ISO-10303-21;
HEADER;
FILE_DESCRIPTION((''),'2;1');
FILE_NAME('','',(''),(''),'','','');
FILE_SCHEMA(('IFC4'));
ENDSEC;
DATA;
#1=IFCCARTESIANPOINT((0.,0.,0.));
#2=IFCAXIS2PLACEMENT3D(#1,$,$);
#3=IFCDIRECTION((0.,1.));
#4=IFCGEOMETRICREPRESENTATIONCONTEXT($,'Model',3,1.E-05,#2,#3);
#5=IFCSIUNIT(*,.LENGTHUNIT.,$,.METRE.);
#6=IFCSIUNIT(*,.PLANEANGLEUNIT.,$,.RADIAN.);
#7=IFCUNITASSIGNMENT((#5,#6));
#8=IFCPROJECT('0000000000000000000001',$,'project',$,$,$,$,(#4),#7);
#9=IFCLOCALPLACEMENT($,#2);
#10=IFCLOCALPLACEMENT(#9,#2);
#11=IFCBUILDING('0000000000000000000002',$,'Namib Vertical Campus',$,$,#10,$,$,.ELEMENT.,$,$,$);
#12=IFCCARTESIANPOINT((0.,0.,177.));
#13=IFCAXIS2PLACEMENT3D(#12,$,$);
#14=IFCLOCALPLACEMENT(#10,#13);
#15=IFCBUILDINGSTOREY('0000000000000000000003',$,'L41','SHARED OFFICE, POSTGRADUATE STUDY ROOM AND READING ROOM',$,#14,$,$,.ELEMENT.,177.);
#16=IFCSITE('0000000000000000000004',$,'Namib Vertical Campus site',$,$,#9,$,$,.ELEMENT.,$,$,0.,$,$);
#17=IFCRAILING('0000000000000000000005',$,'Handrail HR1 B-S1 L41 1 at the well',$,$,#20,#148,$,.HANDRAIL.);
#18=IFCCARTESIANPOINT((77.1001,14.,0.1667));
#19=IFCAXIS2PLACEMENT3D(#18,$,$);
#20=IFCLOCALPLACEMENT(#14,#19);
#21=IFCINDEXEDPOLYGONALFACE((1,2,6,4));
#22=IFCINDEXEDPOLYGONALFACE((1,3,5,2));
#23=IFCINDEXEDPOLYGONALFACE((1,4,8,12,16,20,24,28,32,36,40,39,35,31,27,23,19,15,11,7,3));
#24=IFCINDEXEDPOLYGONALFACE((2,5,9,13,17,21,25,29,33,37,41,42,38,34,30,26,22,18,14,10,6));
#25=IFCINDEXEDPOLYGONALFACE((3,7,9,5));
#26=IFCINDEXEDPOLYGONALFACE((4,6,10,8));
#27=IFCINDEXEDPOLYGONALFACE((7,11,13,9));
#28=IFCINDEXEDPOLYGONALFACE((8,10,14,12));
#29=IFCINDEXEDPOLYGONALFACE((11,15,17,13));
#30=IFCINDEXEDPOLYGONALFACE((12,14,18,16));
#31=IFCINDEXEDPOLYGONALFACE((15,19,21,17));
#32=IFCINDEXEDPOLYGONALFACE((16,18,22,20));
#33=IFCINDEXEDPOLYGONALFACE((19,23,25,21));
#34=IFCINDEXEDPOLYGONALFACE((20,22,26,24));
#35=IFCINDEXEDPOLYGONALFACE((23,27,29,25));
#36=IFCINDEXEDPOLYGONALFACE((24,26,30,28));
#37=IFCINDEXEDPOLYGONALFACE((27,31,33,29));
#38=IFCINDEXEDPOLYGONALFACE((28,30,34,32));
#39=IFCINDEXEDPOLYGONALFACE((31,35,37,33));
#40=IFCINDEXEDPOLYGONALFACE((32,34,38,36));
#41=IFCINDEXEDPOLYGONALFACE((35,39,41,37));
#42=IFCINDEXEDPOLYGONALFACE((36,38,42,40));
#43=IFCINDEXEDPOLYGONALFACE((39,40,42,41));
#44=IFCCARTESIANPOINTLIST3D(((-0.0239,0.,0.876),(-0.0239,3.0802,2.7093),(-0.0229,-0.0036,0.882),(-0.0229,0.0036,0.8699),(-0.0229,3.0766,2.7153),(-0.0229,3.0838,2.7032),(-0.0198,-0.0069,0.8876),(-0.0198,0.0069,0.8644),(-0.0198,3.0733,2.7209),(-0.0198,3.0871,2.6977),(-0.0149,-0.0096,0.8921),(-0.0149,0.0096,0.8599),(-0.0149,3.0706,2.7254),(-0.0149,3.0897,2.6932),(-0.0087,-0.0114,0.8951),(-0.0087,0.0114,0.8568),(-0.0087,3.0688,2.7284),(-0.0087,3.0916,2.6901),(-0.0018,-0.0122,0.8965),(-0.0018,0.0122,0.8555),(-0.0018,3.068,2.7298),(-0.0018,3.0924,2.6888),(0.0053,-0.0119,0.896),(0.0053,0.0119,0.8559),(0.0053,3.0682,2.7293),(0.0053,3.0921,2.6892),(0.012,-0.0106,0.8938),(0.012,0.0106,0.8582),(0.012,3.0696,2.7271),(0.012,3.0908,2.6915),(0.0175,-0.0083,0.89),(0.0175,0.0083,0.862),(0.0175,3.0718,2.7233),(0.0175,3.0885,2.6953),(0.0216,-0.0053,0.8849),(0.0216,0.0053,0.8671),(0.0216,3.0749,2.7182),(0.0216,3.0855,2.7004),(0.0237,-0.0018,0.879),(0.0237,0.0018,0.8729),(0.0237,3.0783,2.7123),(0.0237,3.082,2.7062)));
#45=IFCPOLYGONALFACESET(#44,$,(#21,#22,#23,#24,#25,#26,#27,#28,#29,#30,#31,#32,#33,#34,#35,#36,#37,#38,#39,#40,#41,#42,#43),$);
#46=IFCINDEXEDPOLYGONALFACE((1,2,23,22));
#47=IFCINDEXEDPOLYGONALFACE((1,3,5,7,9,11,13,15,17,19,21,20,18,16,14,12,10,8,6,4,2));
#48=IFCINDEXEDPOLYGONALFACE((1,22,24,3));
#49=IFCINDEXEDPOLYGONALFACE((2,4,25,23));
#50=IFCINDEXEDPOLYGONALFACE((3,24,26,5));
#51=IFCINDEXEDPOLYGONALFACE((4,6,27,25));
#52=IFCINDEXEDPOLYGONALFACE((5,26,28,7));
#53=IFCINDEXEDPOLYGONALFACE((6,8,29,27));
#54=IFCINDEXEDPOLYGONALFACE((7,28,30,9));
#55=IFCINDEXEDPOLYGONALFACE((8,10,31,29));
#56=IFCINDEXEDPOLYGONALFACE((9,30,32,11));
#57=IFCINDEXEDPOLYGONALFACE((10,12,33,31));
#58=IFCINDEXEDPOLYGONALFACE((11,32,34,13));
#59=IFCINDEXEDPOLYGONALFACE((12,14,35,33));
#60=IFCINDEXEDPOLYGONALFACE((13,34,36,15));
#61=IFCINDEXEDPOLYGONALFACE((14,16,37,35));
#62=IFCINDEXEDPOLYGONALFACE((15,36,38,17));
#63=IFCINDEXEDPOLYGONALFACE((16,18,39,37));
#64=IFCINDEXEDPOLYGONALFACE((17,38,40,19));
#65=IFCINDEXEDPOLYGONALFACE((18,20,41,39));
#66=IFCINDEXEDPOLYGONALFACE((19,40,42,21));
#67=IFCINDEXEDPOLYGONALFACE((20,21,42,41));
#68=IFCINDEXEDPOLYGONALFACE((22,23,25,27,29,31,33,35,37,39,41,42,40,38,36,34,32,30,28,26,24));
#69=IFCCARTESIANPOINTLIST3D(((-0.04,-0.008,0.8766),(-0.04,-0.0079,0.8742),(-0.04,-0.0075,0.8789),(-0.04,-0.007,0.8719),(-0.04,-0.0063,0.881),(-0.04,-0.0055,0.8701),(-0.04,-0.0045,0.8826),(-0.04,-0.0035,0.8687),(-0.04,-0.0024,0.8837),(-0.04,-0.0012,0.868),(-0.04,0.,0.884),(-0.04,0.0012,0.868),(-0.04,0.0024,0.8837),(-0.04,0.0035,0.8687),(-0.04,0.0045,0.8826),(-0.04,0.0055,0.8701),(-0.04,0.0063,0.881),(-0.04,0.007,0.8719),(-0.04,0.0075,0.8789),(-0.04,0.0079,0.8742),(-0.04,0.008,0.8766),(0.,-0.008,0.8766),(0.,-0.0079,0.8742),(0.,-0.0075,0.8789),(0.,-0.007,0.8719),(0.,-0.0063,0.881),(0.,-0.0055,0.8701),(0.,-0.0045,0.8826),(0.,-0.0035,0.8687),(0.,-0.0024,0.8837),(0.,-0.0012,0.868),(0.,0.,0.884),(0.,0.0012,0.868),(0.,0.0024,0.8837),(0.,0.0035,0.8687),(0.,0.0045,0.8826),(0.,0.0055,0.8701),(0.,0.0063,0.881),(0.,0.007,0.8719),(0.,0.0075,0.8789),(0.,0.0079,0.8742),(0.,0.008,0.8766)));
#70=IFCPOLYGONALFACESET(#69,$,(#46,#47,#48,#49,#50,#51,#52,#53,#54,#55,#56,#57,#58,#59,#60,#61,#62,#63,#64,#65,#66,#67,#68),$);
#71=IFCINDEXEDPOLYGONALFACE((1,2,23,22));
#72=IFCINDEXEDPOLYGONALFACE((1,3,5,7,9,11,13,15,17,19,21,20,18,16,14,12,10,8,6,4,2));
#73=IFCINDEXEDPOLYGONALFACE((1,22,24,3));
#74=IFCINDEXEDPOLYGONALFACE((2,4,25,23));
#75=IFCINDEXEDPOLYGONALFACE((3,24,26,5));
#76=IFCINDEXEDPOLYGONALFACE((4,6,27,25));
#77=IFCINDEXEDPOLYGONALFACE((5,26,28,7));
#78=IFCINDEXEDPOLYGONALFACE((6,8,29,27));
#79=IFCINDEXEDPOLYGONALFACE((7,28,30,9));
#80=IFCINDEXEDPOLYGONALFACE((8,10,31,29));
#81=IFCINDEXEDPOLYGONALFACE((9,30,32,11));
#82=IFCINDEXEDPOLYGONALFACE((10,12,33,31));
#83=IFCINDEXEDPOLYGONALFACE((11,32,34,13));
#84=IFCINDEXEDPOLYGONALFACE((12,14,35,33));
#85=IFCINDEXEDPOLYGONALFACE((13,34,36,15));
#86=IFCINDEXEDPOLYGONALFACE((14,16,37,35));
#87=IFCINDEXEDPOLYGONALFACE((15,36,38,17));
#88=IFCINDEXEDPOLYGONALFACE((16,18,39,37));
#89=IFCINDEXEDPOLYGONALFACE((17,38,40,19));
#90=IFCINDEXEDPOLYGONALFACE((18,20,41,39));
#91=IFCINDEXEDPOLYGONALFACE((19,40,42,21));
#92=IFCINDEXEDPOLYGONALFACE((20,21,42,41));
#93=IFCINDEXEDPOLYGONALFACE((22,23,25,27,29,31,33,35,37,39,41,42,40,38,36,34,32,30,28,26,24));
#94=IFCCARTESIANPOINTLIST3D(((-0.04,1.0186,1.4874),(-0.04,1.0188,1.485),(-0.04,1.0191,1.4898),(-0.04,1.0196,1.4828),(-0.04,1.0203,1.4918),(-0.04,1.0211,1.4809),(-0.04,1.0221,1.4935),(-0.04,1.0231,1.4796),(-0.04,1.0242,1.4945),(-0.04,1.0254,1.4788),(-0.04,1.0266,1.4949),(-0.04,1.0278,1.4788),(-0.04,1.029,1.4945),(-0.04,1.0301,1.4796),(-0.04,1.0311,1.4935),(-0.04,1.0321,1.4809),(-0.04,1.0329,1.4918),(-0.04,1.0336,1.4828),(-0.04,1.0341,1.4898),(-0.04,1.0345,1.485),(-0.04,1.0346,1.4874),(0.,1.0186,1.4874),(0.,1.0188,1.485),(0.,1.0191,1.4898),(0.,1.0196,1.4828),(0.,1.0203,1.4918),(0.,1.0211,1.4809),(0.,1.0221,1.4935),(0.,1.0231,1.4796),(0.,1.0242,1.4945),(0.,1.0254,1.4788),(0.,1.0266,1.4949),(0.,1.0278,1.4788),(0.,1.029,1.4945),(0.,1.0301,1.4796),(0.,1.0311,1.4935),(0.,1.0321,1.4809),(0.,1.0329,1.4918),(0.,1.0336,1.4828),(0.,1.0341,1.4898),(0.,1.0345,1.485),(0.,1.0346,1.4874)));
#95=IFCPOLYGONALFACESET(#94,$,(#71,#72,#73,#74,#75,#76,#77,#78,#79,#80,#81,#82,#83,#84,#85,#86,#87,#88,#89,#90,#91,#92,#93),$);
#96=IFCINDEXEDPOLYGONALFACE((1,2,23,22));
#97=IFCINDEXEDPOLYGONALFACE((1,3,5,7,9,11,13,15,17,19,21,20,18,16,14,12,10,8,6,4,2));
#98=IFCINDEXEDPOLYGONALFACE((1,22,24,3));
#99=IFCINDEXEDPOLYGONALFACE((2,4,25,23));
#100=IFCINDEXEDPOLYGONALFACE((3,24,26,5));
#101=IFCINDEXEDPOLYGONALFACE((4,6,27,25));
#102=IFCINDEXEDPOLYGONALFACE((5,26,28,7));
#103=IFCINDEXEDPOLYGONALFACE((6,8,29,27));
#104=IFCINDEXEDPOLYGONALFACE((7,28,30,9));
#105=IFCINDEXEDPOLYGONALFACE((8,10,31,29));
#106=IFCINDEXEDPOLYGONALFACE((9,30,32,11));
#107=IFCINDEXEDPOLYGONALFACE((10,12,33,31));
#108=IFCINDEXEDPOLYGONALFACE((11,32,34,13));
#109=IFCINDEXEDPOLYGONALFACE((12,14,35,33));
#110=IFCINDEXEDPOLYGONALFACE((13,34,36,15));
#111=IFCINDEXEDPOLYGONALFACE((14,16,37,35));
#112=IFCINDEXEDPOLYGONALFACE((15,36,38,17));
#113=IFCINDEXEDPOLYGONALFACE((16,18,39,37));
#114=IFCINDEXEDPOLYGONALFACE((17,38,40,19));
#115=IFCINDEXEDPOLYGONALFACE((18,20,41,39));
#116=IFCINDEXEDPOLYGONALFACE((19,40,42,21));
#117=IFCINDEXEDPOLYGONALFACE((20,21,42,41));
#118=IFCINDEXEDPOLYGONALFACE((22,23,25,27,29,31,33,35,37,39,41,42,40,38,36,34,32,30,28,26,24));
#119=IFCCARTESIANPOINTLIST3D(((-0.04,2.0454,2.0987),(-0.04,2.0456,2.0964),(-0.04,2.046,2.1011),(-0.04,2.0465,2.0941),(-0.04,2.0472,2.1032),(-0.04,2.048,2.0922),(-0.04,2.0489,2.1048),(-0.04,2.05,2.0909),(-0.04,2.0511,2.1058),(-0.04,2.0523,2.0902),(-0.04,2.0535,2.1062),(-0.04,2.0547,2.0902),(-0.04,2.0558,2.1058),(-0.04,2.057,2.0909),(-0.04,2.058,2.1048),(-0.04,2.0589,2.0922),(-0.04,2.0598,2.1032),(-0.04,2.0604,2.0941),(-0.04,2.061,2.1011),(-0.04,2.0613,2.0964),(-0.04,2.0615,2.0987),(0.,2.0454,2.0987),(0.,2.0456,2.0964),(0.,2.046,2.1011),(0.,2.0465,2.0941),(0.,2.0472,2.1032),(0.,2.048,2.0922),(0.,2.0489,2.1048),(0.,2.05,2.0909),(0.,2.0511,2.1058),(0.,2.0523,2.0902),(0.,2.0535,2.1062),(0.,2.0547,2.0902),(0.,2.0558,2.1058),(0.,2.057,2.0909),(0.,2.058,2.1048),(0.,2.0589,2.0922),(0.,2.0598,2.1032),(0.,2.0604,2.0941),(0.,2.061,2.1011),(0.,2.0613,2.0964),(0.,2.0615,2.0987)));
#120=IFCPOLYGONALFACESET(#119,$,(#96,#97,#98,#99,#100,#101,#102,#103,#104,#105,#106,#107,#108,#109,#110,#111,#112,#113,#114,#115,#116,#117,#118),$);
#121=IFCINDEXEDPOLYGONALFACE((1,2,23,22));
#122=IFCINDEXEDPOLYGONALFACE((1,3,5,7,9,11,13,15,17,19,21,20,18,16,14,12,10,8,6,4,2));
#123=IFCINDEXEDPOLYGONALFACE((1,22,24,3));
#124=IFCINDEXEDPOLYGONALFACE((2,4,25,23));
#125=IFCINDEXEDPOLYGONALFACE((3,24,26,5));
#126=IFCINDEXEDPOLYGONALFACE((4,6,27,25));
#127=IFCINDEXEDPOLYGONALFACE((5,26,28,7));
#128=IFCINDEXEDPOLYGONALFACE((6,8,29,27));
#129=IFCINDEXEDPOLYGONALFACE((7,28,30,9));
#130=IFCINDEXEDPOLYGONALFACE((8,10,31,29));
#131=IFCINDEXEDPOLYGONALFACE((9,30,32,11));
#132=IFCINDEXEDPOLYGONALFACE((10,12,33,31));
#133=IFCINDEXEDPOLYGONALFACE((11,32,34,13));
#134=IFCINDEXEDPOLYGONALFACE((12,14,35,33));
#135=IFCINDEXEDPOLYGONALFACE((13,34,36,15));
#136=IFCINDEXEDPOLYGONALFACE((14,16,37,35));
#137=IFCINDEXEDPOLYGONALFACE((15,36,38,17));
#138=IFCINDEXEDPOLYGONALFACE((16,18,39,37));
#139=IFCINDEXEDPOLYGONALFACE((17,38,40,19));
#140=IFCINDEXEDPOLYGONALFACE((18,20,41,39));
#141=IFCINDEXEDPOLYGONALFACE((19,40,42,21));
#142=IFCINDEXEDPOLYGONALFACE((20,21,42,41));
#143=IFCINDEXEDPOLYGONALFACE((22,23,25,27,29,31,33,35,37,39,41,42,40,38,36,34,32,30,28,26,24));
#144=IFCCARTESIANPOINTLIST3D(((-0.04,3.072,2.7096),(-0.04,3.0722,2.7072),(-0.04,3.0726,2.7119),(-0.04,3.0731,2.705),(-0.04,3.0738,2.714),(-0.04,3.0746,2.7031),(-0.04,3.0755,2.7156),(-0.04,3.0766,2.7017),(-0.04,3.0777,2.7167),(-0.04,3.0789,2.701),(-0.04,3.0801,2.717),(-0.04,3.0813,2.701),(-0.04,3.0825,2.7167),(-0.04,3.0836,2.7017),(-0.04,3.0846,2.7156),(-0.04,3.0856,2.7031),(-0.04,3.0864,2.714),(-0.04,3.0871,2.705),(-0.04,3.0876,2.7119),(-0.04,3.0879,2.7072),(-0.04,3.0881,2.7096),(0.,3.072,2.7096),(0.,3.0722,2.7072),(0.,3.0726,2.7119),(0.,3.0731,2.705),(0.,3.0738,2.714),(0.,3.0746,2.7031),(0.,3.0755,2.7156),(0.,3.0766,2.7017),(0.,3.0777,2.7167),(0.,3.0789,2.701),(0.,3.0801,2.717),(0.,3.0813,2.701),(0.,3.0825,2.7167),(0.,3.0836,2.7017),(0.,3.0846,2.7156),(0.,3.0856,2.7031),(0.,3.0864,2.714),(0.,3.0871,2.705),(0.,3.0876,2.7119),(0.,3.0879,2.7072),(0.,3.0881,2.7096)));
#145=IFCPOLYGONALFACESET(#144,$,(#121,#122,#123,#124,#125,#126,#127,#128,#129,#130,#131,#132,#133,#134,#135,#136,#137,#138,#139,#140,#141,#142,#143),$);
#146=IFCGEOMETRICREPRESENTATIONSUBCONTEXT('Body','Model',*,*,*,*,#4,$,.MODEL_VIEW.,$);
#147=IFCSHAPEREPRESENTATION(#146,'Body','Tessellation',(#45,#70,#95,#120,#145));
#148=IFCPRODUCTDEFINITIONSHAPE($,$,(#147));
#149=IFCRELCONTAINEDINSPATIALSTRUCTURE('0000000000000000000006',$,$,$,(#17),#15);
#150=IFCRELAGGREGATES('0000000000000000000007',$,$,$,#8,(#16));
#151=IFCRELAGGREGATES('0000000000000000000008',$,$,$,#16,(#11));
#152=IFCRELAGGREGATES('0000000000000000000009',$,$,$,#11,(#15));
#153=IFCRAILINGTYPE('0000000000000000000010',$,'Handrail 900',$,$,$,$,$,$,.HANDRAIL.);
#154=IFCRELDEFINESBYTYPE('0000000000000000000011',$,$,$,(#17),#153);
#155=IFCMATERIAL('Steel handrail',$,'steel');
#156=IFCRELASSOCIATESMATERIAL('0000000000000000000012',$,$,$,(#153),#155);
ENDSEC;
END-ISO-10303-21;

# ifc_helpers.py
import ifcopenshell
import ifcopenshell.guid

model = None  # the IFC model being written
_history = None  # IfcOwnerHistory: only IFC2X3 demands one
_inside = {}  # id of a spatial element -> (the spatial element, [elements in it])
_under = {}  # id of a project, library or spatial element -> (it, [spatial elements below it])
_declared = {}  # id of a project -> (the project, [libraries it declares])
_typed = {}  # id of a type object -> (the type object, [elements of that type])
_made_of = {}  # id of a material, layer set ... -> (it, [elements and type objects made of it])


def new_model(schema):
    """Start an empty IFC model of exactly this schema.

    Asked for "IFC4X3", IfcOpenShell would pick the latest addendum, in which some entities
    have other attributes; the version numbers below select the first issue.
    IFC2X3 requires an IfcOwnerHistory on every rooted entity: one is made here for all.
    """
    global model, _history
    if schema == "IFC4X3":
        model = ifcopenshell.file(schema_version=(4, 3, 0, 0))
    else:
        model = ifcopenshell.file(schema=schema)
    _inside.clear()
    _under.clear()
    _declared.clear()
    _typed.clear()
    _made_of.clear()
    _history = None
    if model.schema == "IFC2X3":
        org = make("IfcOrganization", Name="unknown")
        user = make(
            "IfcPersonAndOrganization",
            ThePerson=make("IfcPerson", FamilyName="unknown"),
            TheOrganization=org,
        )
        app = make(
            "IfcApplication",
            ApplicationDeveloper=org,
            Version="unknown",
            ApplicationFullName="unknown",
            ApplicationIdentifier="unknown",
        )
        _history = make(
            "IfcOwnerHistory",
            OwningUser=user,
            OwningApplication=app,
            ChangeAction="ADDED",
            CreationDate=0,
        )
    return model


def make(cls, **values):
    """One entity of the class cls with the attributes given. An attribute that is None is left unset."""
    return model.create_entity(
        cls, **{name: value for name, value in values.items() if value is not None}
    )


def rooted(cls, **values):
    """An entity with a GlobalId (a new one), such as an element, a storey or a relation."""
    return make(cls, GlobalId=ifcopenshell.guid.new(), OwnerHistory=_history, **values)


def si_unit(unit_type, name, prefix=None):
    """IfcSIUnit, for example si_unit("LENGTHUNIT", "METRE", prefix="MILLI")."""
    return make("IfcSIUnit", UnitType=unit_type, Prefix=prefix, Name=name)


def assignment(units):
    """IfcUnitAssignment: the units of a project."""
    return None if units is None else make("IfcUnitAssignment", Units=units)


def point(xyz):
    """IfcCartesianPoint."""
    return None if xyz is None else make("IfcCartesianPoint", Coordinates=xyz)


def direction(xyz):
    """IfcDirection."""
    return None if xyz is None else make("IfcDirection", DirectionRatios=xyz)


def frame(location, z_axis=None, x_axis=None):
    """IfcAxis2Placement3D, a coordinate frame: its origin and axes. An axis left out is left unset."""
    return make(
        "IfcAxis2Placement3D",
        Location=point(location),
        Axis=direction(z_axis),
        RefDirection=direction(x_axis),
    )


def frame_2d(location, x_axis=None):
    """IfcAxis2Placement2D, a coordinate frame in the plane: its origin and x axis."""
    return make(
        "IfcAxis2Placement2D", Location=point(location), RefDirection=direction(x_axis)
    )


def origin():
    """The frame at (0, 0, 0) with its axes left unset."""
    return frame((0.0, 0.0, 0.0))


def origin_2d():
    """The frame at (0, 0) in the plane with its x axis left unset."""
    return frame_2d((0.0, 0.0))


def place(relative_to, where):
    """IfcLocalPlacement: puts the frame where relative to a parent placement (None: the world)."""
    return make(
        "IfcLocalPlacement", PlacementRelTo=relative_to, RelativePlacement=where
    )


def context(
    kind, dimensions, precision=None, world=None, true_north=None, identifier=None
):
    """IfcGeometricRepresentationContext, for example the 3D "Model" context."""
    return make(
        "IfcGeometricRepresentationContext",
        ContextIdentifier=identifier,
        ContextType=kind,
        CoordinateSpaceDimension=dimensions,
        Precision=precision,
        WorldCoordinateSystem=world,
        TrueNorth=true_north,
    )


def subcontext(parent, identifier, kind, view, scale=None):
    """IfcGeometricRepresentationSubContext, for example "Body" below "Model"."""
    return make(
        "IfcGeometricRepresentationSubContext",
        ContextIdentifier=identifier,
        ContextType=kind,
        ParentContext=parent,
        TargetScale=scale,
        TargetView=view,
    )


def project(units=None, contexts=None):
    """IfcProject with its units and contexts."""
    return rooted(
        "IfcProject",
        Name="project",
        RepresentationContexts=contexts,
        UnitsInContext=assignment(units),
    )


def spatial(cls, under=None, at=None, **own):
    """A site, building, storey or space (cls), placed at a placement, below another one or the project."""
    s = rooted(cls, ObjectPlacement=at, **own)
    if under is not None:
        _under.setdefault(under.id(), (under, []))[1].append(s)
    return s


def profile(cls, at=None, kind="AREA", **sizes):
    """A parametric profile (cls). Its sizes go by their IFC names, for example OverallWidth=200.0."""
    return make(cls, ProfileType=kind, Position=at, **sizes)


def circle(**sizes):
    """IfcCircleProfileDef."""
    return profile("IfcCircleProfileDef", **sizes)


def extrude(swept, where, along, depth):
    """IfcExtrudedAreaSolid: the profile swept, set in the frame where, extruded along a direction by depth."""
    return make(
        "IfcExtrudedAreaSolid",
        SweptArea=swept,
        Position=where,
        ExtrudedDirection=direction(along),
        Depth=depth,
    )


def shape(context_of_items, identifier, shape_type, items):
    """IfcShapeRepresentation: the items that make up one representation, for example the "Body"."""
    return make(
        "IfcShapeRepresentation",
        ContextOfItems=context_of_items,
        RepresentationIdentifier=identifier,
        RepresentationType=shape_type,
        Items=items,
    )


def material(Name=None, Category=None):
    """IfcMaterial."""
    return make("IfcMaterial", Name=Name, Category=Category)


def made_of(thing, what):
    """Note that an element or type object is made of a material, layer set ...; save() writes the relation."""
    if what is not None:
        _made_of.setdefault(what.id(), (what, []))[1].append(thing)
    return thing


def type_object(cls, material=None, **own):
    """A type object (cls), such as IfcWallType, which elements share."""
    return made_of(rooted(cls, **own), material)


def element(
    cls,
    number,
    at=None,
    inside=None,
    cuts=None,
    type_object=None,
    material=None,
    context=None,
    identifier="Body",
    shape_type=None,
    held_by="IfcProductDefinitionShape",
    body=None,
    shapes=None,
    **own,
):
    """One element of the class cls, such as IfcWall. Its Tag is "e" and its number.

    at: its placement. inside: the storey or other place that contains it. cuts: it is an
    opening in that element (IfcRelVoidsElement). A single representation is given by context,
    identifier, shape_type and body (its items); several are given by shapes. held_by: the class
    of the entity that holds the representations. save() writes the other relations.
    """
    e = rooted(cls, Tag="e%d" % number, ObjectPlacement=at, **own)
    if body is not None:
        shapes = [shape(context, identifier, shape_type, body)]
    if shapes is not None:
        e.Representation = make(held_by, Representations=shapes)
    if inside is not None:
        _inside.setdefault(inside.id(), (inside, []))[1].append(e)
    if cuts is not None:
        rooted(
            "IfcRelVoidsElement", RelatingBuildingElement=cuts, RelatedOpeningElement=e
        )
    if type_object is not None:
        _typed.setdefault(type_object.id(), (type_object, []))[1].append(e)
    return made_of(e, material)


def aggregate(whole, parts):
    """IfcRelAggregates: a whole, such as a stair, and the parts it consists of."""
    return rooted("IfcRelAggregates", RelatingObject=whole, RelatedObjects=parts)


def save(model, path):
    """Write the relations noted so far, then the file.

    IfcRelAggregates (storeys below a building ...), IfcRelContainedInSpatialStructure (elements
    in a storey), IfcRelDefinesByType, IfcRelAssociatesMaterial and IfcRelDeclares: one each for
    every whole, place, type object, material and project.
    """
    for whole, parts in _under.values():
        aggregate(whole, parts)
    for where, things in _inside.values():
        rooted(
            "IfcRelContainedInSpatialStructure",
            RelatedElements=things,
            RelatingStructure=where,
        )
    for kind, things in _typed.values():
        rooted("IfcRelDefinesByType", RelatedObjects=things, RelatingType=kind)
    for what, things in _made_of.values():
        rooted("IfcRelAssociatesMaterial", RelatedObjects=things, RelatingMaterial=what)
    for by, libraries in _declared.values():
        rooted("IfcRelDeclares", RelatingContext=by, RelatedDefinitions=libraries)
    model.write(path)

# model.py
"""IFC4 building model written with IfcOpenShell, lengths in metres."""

from ifc_helpers import new_model, si_unit, direction, frame, origin, origin_2d, place, context, subcontext, project, spatial, circle, extrude, material, type_object, element, save


model = new_model("IFC4")

# Units and contexts
model_context = context("Model", 3, precision=1e-05, world=origin(), true_north=direction((0.0, 1.0)))
body_context = subcontext(model_context, "Body", "Model", "MODEL_VIEW")
ifc_project = project(units=[si_unit("LENGTHUNIT", "METRE"), si_unit("PLANEANGLEUNIT", "RADIAN")], contexts=[model_context])

# Site, building, storey
site_placement = place(None, origin())
site = spatial("IfcSite", under=ifc_project, at=site_placement, Name="Namib Vertical Campus site", CompositionType="ELEMENT", RefElevation=0.0)
building_placement = place(site_placement, origin())
building = spatial("IfcBuilding", under=site, at=building_placement, Name="Namib Vertical Campus", CompositionType="ELEMENT")
storey_placement = place(building_placement, frame((0.0, 0.0, 177.0)))
storey = spatial("IfcBuildingStorey", under=building, at=storey_placement, Name="L41", Description="SHARED OFFICE, POSTGRADUATE STUDY ROOM AND READING ROOM", CompositionType="ELEMENT", Elevation=177.0)

# Railing
ifc_material_1 = material(Name="Steel handrail", Category="steel")
railing_type_1 = type_object("IfcRailingType", Name="Handrail 900", PredefinedType="HANDRAIL", material=ifc_material_1)
railing_1_placement = place(storey_placement, frame((77.1001, 14.0, 0.1667)))
element("IfcRailing", 1, at=railing_1_placement, inside=storey, type_object=railing_type_1, Name="Handrail HR1 B-S1 L41 1 at the well", PredefinedType="HANDRAIL", context=body_context, shape_type="SweptSolid", body=[
    extrude(circle(Radius=0.0239, at=origin_2d()), frame((0.0, 0.0, 0.876), z_axis=(0.0, 0.859309, 0.511458), x_axis=(-1.0, 0.0, 0.0)), (0.0, 0.0, 1.0), 3.5845),
    extrude(circle(Radius=0.0081, at=origin_2d()), frame((0.0, 0.0, 0.876), z_axis=(-1.0, 0.0, 0.0), x_axis=(0.0, 0.0, 1.0)), (0.0, 0.0, 1.0), 0.04),
    extrude(circle(Radius=0.0081, at=origin_2d()), frame((0.0, 1.0266, 1.4868), z_axis=(-1.0, 0.0, 0.0), x_axis=(0.0, 0.0, 1.0)), (0.0, 0.0, 1.0), 0.04),
    extrude(circle(Radius=0.0081, at=origin_2d()), frame((0.0, 2.0535, 2.0981), z_axis=(-1.0, 0.0, 0.0), x_axis=(0.0, 0.0, 1.0)), (0.0, 0.0, 1.0), 0.04),
    extrude(circle(Radius=0.0081, at=origin_2d()), frame((0.0, 3.0801, 2.709), z_axis=(-1.0, 0.0, 0.0), x_axis=(0.0, 0.0, 1.0)), (0.0, 0.0, 1.0), 0.04),
])

save(model, "model.ifc")
